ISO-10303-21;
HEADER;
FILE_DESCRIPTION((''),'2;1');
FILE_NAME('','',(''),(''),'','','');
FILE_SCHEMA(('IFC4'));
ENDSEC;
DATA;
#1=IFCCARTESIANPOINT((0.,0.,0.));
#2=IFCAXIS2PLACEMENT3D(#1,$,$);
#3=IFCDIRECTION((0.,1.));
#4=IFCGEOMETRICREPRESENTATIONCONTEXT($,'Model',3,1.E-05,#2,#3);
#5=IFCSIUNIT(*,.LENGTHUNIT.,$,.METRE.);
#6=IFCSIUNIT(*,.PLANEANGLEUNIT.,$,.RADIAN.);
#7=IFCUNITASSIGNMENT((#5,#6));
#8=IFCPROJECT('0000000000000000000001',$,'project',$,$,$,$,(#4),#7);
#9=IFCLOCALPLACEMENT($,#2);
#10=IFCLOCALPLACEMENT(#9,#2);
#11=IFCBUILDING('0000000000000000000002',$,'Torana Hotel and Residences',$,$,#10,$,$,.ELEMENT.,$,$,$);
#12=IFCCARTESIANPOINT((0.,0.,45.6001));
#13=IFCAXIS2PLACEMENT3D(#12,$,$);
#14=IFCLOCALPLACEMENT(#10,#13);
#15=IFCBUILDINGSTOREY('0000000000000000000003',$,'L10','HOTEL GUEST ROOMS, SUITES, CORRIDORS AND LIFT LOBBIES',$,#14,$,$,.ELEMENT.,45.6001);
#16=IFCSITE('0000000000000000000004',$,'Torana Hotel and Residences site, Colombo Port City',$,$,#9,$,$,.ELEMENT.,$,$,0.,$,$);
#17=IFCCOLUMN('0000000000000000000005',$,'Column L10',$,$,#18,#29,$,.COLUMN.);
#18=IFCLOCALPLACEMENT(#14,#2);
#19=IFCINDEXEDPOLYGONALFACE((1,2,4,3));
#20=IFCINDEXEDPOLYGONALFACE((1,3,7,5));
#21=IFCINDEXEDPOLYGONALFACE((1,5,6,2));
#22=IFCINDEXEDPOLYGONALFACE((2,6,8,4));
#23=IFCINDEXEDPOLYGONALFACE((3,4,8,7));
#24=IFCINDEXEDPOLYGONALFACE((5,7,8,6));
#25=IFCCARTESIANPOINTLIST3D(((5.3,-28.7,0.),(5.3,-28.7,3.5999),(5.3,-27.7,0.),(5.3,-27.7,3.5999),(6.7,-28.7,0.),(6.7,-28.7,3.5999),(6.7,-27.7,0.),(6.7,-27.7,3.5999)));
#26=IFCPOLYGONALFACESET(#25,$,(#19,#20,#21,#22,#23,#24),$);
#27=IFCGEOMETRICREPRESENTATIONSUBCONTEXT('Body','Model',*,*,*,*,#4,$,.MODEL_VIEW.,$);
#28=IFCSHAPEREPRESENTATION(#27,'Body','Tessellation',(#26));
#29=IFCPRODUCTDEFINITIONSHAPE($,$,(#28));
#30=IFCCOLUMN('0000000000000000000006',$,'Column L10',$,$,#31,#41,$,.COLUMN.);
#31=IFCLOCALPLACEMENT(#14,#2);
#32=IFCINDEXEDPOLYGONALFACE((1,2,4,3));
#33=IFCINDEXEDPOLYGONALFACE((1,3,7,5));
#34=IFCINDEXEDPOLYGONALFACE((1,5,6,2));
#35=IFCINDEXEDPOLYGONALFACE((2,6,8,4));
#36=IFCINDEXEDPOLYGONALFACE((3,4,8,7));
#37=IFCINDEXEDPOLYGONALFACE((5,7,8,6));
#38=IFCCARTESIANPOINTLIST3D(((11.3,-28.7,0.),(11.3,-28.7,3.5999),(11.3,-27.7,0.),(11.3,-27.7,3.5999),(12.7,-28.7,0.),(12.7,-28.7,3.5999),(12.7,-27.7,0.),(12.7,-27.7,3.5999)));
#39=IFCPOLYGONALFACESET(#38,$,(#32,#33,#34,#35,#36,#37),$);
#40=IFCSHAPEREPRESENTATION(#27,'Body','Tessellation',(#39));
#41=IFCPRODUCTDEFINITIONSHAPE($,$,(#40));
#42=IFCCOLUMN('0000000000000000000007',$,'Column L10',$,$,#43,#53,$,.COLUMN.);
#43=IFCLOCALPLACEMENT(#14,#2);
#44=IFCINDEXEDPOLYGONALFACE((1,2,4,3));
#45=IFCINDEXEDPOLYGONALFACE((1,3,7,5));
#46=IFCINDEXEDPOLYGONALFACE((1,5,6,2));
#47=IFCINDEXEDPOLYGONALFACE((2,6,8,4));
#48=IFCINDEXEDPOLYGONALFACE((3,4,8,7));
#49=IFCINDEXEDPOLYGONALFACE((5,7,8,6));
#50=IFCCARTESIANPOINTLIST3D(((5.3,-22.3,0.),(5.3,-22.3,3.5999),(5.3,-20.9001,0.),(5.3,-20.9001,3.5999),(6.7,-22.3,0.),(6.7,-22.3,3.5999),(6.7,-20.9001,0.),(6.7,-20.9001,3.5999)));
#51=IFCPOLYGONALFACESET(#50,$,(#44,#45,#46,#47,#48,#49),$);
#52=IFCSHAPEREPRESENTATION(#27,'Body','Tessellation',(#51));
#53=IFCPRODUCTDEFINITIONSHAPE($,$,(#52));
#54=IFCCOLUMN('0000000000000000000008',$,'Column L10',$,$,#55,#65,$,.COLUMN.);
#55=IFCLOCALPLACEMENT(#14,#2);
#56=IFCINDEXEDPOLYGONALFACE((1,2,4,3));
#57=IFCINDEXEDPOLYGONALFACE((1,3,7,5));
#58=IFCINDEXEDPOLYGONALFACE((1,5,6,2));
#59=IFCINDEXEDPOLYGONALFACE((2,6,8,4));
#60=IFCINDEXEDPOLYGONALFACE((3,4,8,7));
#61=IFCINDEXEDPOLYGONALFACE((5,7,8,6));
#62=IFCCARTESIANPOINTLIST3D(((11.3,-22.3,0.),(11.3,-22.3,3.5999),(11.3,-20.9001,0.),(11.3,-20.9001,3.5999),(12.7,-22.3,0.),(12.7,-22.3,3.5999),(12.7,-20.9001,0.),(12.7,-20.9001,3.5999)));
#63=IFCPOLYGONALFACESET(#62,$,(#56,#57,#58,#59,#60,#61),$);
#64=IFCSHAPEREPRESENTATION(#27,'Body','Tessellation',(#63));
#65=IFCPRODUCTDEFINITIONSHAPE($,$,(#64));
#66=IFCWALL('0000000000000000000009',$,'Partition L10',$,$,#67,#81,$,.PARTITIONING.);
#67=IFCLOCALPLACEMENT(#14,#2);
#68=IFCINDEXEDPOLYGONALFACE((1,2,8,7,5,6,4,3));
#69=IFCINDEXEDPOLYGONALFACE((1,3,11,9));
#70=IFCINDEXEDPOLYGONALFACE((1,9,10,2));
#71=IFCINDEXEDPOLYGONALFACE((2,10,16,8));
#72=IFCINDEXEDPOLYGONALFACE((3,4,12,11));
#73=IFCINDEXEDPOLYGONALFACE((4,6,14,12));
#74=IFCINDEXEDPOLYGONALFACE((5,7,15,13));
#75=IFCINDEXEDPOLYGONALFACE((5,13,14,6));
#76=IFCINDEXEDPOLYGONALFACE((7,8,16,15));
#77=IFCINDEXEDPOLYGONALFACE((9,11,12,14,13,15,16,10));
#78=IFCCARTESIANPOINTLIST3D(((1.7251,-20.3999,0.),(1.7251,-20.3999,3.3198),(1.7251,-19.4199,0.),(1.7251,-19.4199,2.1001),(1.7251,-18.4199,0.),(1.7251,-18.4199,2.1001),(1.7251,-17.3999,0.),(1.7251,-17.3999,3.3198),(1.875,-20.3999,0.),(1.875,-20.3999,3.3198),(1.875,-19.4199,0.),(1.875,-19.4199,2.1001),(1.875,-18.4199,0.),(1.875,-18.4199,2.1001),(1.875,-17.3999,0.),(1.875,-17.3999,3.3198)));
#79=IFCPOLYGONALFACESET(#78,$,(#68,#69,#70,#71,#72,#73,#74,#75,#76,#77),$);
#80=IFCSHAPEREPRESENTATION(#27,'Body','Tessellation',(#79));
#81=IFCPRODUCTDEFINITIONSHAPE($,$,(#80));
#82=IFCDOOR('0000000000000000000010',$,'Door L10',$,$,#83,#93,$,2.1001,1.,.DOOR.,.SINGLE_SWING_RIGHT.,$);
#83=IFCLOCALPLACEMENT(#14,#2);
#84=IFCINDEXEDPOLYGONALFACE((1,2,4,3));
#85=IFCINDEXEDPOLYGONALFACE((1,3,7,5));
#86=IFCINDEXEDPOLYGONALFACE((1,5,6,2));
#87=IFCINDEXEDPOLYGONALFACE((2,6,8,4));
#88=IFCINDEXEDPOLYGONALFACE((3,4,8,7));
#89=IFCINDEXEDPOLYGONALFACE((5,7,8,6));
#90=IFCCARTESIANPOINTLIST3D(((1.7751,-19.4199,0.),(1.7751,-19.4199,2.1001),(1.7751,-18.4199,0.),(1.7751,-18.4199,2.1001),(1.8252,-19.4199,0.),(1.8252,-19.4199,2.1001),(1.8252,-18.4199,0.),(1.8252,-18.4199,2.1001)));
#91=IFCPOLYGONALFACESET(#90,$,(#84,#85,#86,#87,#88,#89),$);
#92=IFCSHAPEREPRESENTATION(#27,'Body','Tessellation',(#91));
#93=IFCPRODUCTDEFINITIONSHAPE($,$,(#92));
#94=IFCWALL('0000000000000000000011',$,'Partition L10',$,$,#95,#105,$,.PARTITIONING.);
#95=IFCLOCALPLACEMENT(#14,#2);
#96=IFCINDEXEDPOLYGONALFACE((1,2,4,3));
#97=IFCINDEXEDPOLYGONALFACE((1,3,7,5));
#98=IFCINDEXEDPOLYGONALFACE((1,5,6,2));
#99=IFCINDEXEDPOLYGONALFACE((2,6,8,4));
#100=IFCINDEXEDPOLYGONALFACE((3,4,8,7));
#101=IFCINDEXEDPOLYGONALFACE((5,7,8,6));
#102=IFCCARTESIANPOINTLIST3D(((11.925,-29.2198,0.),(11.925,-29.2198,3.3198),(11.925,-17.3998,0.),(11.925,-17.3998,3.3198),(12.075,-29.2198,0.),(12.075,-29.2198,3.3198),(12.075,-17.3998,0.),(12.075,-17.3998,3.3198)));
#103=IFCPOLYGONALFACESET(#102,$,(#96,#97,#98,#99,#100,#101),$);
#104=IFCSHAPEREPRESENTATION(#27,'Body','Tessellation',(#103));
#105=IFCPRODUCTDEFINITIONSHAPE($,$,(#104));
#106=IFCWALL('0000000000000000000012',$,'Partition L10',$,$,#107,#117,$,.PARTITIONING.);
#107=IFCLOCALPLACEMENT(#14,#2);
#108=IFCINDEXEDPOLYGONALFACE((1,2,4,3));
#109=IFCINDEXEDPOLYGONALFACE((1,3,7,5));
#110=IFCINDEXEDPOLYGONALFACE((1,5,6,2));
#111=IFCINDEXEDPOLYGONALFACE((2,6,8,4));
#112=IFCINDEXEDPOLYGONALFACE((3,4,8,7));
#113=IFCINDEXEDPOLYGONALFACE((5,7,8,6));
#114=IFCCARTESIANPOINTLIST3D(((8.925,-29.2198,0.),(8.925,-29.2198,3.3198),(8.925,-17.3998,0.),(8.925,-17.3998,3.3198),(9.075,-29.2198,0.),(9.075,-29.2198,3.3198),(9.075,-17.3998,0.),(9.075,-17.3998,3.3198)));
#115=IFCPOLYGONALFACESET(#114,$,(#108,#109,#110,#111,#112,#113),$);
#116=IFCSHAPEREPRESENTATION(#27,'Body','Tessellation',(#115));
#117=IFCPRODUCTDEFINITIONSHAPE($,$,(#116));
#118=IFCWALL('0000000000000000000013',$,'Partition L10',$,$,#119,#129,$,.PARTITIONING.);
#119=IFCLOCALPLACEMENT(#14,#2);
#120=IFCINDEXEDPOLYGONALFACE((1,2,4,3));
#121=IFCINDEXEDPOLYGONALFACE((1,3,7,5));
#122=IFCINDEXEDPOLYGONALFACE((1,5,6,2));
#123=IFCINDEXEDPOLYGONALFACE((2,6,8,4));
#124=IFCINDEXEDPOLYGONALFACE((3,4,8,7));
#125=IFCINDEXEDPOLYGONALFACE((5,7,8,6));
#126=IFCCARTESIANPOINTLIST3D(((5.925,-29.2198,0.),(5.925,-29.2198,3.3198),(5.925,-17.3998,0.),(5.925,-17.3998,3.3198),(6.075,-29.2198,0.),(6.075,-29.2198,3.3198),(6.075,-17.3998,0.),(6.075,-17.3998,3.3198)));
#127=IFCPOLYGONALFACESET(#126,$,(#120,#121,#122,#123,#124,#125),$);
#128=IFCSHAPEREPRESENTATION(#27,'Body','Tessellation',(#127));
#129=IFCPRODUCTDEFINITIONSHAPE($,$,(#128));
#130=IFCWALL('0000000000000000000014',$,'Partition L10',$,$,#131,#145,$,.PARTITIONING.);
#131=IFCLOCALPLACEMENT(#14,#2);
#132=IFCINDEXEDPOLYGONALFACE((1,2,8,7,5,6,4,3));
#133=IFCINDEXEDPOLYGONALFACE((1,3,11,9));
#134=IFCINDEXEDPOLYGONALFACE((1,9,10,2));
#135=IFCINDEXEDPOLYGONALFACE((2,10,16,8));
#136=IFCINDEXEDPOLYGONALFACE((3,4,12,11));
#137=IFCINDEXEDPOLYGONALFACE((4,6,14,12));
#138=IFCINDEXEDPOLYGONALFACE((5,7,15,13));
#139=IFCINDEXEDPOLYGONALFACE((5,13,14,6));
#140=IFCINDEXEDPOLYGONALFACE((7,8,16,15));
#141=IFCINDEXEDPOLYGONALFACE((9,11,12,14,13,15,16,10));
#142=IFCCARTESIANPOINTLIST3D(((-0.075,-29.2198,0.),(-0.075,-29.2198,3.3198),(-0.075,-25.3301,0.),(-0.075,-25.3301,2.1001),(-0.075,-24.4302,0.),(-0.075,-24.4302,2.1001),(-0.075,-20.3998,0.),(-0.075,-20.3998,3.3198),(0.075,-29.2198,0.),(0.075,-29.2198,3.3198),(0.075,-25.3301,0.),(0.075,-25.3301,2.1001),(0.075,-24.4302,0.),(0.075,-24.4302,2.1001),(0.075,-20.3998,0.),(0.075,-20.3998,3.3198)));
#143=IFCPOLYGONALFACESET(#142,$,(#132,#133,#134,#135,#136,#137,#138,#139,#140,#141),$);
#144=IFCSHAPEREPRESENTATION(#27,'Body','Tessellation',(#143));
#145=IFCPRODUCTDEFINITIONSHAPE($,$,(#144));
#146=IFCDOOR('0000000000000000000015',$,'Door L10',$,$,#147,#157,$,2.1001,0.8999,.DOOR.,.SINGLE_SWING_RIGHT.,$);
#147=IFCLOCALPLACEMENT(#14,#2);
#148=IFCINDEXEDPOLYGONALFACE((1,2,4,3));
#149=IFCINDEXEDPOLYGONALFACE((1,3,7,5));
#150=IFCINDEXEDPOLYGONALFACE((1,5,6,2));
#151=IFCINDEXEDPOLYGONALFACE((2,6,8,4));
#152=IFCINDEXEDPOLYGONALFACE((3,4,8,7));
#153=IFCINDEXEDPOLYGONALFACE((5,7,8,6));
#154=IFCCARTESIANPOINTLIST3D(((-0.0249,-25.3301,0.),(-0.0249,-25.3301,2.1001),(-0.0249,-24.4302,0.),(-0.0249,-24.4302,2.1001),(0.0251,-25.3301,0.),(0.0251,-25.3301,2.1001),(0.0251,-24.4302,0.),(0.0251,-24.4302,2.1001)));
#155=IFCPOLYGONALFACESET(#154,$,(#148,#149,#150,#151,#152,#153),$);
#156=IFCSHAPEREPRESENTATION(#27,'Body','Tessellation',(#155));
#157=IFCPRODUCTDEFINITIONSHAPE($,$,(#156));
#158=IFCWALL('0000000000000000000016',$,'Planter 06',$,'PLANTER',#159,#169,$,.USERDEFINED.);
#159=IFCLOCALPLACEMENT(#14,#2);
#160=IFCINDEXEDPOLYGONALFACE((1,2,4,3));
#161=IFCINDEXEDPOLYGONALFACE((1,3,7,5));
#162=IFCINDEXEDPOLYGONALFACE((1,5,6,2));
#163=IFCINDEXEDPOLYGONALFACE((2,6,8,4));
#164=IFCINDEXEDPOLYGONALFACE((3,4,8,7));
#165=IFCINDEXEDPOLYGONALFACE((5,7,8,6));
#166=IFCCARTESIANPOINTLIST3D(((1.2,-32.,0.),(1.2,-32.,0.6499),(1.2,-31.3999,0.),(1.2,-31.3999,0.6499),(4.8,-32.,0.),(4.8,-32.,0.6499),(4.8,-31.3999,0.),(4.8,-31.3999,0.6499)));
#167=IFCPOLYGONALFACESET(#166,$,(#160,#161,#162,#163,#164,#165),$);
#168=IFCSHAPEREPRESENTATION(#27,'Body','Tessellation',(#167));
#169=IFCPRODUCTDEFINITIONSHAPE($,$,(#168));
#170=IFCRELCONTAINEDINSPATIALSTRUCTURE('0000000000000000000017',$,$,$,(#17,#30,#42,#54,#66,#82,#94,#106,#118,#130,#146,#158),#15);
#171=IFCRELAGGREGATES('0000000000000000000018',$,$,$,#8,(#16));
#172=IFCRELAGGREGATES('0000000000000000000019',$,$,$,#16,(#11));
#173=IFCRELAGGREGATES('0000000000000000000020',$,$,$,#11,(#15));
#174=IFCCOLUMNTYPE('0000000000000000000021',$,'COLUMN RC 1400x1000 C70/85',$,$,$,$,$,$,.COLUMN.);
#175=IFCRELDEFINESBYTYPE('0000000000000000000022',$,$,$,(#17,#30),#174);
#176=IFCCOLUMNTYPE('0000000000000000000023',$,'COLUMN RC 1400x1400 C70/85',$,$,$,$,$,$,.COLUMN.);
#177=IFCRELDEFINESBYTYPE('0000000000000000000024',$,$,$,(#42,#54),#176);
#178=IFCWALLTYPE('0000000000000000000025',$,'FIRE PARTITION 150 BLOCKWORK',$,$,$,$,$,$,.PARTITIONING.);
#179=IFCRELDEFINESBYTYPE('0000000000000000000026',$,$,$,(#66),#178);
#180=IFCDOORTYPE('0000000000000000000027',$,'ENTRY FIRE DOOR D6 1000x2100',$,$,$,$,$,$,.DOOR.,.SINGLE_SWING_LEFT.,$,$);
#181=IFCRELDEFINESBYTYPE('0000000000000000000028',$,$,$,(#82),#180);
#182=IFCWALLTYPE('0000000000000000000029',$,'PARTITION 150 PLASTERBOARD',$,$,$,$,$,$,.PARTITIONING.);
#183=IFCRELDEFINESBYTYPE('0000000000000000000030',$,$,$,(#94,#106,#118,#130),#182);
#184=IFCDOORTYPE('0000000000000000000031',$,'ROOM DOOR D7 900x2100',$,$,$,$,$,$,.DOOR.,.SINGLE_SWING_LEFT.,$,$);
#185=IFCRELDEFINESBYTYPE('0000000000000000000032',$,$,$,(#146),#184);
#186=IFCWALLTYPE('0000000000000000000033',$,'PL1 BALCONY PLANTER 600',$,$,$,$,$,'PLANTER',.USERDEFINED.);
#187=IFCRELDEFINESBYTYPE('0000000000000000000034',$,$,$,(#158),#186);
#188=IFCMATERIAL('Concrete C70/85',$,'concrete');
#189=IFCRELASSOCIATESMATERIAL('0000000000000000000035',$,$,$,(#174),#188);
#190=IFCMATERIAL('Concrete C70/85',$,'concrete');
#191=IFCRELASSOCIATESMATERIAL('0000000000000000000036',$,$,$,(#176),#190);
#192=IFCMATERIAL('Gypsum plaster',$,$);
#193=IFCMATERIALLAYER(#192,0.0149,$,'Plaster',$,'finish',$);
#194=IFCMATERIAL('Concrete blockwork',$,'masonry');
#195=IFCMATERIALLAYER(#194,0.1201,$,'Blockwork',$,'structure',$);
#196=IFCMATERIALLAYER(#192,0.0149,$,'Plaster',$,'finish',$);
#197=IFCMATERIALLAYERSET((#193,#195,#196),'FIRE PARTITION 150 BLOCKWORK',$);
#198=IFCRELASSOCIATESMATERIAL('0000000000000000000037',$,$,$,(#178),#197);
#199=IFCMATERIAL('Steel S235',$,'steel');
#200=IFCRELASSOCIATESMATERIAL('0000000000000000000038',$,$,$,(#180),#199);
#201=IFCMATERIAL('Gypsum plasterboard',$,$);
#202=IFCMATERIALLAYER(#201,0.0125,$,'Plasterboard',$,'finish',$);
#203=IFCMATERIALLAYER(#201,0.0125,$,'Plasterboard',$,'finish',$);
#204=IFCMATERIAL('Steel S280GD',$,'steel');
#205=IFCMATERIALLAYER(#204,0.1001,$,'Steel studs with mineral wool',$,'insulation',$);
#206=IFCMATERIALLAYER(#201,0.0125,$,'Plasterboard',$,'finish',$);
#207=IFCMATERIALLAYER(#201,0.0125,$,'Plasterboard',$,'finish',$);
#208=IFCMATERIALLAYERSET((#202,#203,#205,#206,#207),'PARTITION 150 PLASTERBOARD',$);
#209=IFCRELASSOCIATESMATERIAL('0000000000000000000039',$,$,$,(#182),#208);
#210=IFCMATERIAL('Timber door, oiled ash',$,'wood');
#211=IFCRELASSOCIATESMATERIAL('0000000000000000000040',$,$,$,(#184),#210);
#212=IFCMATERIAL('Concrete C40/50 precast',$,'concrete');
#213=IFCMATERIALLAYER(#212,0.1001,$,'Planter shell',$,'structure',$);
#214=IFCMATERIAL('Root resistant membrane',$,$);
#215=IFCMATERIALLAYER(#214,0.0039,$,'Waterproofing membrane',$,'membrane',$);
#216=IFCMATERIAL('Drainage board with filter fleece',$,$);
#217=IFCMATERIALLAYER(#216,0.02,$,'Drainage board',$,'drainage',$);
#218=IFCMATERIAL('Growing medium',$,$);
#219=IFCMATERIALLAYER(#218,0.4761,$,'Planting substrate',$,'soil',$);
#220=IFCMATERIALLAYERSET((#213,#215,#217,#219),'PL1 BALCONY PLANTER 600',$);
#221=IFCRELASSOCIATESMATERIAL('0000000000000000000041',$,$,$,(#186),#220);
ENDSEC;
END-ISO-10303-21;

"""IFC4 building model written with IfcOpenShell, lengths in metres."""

from ifc_helpers import new_model, si_unit, direction, frame, frame_2d, origin, origin_2d, place, context, subcontext, project, spatial, rectangle, extrude, material, layer, layer_set, material_profile, profile_set, type_object, element, fill, save


model = new_model("IFC4")

# Units and contexts
model_context = context("Model", 3, precision=1e-05, world=origin(), true_north=direction((0.0, 1.0)))
body_context = subcontext(model_context, "Body", "Model", "MODEL_VIEW")
ifc_project = project(units=[si_unit("LENGTHUNIT", "METRE"), si_unit("PLANEANGLEUNIT", "RADIAN")], contexts=[model_context])

# Site, building, storey
site_placement = place(None, origin())
site = spatial("IfcSite", under=ifc_project, at=site_placement, Name="Torana Hotel and Residences site, Colombo Port City", CompositionType="ELEMENT", RefElevation=0.0)
building_placement = place(site_placement, origin())
building = spatial("IfcBuilding", under=site, at=building_placement, Name="Torana Hotel and Residences", CompositionType="ELEMENT")
storey_placement = place(building_placement, frame((0.0, 0.0, 45.6001)))
storey = spatial("IfcBuildingStorey", under=building, at=storey_placement, Name="L10", Description="HOTEL GUEST ROOMS, SUITES, CORRIDORS AND LIFT LOBBIES", CompositionType="ELEMENT", Elevation=45.6001)

# Columns
ifc_material_1 = material(Name="Concrete C70/85", Category="concrete")
ifc_material_profile_1 = material_profile(ifc_material_1, rectangle(XDim=1.3999, YDim=1.0, at=origin_2d()), Name="RC 1400x1000")
ifc_profile_set_1 = profile_set([ifc_material_profile_1], Name="Concrete C70/85")
column_type_1 = type_object("IfcColumnType", Name="COLUMN RC 1400x1000 C70/85", PredefinedType="COLUMN", material=ifc_profile_set_1)
for number, where, z_axis, x_axis, name in (
    (1, (6.0, -28.2, 0.0), (0.0, 0.0, 1.0), (1.0, 0.0, 0.0), "Column L10"),
    (2, (12.0, -28.2, 0.0), (0.0, 0.0, 1.0), (1.0, 0.0, 0.0), "Column L10"),
):
    element("IfcColumn", number, at=place(storey_placement, frame(where, z_axis=z_axis, x_axis=x_axis)), inside=storey, type_object=column_type_1, Name=name, PredefinedType="COLUMN", context=body_context, shape_type="SweptSolid", body=[
        extrude(rectangle(XDim=1.3999, YDim=1.0, at=origin_2d()), origin(), (0.0, 0.0, 1.0), 3.5999),
    ])
ifc_material_2 = material(Name="Concrete C70/85", Category="concrete")
ifc_material_profile_2 = material_profile(ifc_material_2, rectangle(XDim=1.3999, YDim=1.3999, at=origin_2d()), Name="RC 1400x1400")
ifc_profile_set_2 = profile_set([ifc_material_profile_2], Name="Concrete C70/85")
column_type_2 = type_object("IfcColumnType", Name="COLUMN RC 1400x1400 C70/85", PredefinedType="COLUMN", material=ifc_profile_set_2)
for number, where, z_axis, x_axis, name in (
    (3, (6.0, -21.6001, 0.0), (0.0, 0.0, 1.0), (1.0, 0.0, 0.0), "Column L10"),
    (4, (12.0, -21.6001, 0.0), (0.0, 0.0, 1.0), (1.0, 0.0, 0.0), "Column L10"),
):
    element("IfcColumn", number, at=place(storey_placement, frame(where, z_axis=z_axis, x_axis=x_axis)), inside=storey, type_object=column_type_2, Name=name, PredefinedType="COLUMN", context=body_context, shape_type="SweptSolid", body=[
        extrude(rectangle(XDim=1.3999, YDim=1.3999, at=origin_2d()), origin(), (0.0, 0.0, 1.0), 3.5999),
    ])

# Wall, opening, door
ifc_material_3 = material(Name="Gypsum plaster")
ifc_layer_1 = layer(ifc_material_3, 0.0149, Name="Plaster", Category="finish")
ifc_material_4 = material(Name="Concrete blockwork", Category="masonry")
ifc_layer_2 = layer(ifc_material_4, 0.1201, Name="Blockwork", Category="structure")
ifc_layer_3 = layer(ifc_material_3, 0.0149, Name="Plaster", Category="finish")
ifc_layer_set_1 = layer_set([ifc_layer_1, ifc_layer_2, ifc_layer_3], Name="FIRE PARTITION 150 BLOCKWORK")
wall_type_1 = type_object("IfcWallType", Name="FIRE PARTITION 150 BLOCKWORK", PredefinedType="PARTITIONING", material=ifc_layer_set_1)
wall_1_placement = place(storey_placement, frame((1.8, -20.3999, 0.0), z_axis=(0.0, 0.0, 1.0), x_axis=(0.0, 1.0, 0.0)))
wall_1 = element("IfcWall", 5, at=wall_1_placement, inside=storey, type_object=wall_type_1, Name="Partition L10", PredefinedType="PARTITIONING", context=body_context, shape_type="SweptSolid", body=[
    extrude(rectangle(XDim=3.0, YDim=0.1499, at=frame_2d((1.5, 0.0))), origin(), (0.0, 0.0, 1.0), 3.3198),
])
opening_1_placement = place(wall_1_placement, frame((0.98, 0.0, 0.0)))
opening_1 = element("IfcOpeningElement", 6, at=opening_1_placement, cuts=wall_1, PredefinedType="OPENING", context=body_context, shape_type="SweptSolid", body=[
    extrude(rectangle(XDim=1.0, YDim=2.1001, at=frame_2d((0.5, 1.05))), frame((0.0, 0.085, 0.0), z_axis=(0.0, -1.0, 0.0), x_axis=(1.0, 0.0, 0.0)), (0.0, 0.0, 1.0), 0.1699),
])
ifc_material_5 = material(Name="Steel S235", Category="steel")
door_type_1 = type_object("IfcDoorType", Name="ENTRY FIRE DOOR D6 1000x2100", OperationType="SINGLE_SWING_LEFT", PredefinedType="DOOR", material=ifc_material_5)
door_1_placement = place(opening_1_placement, origin())
door_1 = element("IfcDoor", 7, at=door_1_placement, inside=storey, type_object=door_type_1, Name="Door L10", OperationType="SINGLE_SWING_RIGHT", OverallHeight=2.1001, OverallWidth=1.0, PredefinedType="DOOR", context=body_context, shape_type="SweptSolid", body=[
    extrude(rectangle(XDim=1.0, YDim=2.1001, at=frame_2d((0.5, 1.05))), frame((0.0, 0.0249, 0.0), z_axis=(0.0, -1.0, 0.0), x_axis=(1.0, 0.0, 0.0)), (0.0, 0.0, 1.0), 0.05),
])
fill(opening_1, door_1)

# Walls
ifc_material_6 = material(Name="Gypsum plasterboard")
ifc_layer_4 = layer(ifc_material_6, 0.0125, Name="Plasterboard", Category="finish")
ifc_layer_5 = layer(ifc_material_6, 0.0125, Name="Plasterboard", Category="finish")
ifc_material_7 = material(Name="Steel S280GD", Category="steel")
ifc_layer_6 = layer(ifc_material_7, 0.1001, Name="Steel studs with mineral wool", Category="insulation")
ifc_layer_7 = layer(ifc_material_6, 0.0125, Name="Plasterboard", Category="finish")
ifc_layer_8 = layer(ifc_material_6, 0.0125, Name="Plasterboard", Category="finish")
ifc_layer_set_2 = layer_set([ifc_layer_4, ifc_layer_5, ifc_layer_6, ifc_layer_7, ifc_layer_8], Name="PARTITION 150 PLASTERBOARD")
wall_type_2 = type_object("IfcWallType", Name="PARTITION 150 PLASTERBOARD", PredefinedType="PARTITIONING", material=ifc_layer_set_2)
for number, where, z_axis, x_axis, name in (
    (8, (12.0, -29.22, 0.0), (0.0, 0.0, 1.0), (0.0, 1.0, 0.0), "Partition L10"),
    (9, (9.0, -29.22, 0.0), (0.0, 0.0, 1.0), (0.0, 1.0, 0.0), "Partition L10"),
    (10, (6.0, -29.22, 0.0), (0.0, 0.0, 1.0), (0.0, 1.0, 0.0), "Partition L10"),
):
    element("IfcWall", number, at=place(storey_placement, frame(where, z_axis=z_axis, x_axis=x_axis)), inside=storey, type_object=wall_type_2, Name=name, PredefinedType="PARTITIONING", context=body_context, shape_type="SweptSolid", body=[
        extrude(rectangle(XDim=11.8201, YDim=0.1499, at=frame_2d((5.9102, 0.0))), origin(), (0.0, 0.0, 1.0), 3.3198),
    ])

# Wall, opening, door
wall_2_placement = place(storey_placement, frame((0.0, -29.22, 0.0), z_axis=(0.0, 0.0, 1.0), x_axis=(0.0, 1.0, 0.0)))
wall_2 = element("IfcWall", 11, at=wall_2_placement, inside=storey, type_object=wall_type_2, Name="Partition L10", PredefinedType="PARTITIONING", context=body_context, shape_type="SweptSolid", body=[
    extrude(rectangle(XDim=8.8201, YDim=0.1499, at=frame_2d((4.4102, 0.0))), origin(), (0.0, 0.0, 1.0), 3.3198),
])
opening_2_placement = place(wall_2_placement, frame((3.8899, 0.0, 0.0)))
opening_2 = element("IfcOpeningElement", 12, at=opening_2_placement, cuts=wall_2, PredefinedType="OPENING", context=body_context, shape_type="SweptSolid", body=[
    extrude(rectangle(XDim=0.8999, YDim=2.1001, at=frame_2d((0.45, 1.05))), frame((0.0, 0.085, 0.0), z_axis=(0.0, -1.0, 0.0), x_axis=(1.0, 0.0, 0.0)), (0.0, 0.0, 1.0), 0.1699),
])
ifc_material_8 = material(Name="Timber door, oiled ash", Category="wood")
door_type_2 = type_object("IfcDoorType", Name="ROOM DOOR D7 900x2100", OperationType="SINGLE_SWING_LEFT", PredefinedType="DOOR", material=ifc_material_8)
door_2_placement = place(opening_2_placement, origin())
door_2 = element("IfcDoor", 13, at=door_2_placement, inside=storey, type_object=door_type_2, Name="Door L10", OperationType="SINGLE_SWING_RIGHT", OverallHeight=2.1001, OverallWidth=0.8999, PredefinedType="DOOR", context=body_context, shape_type="SweptSolid", body=[
    extrude(rectangle(XDim=0.8999, YDim=2.1001, at=frame_2d((0.45, 1.05))), frame((0.0, 0.0249, 0.0), z_axis=(0.0, -1.0, 0.0), x_axis=(1.0, 0.0, 0.0)), (0.0, 0.0, 1.0), 0.05),
])
fill(opening_2, door_2)

# Wall
ifc_material_9 = material(Name="Concrete C40/50 precast", Category="concrete")
ifc_layer_9 = layer(ifc_material_9, 0.1001, Name="Planter shell", Category="structure")
ifc_material_10 = material(Name="Root resistant membrane")
ifc_layer_10 = layer(ifc_material_10, 0.0039, Name="Waterproofing membrane", Category="membrane")
ifc_material_11 = material(Name="Drainage board with filter fleece")
ifc_layer_11 = layer(ifc_material_11, 0.02, Name="Drainage board", Category="drainage")
ifc_material_12 = material(Name="Growing medium")
ifc_layer_12 = layer(ifc_material_12, 0.4761, Name="Planting substrate", Category="soil")
ifc_layer_set_3 = layer_set([ifc_layer_9, ifc_layer_10, ifc_layer_11, ifc_layer_12], Name="PL1 BALCONY PLANTER 600")
wall_type_3 = type_object("IfcWallType", Name="PL1 BALCONY PLANTER 600", ElementType="PLANTER", PredefinedType="USERDEFINED", material=ifc_layer_set_3)
for number, where, z_axis, x_axis, name in (
    (14, (4.8, -31.7, 0.0), (0.0, 0.0, 1.0), (-1.0, 0.0, 0.0), "Planter 06"),
):
    element("IfcWall", number, at=place(storey_placement, frame(where, z_axis=z_axis, x_axis=x_axis)), inside=storey, type_object=wall_type_3, Name=name, ObjectType="PLANTER", PredefinedType="USERDEFINED", context=body_context, shape_type="SweptSolid", body=[
        extrude(rectangle(XDim=3.6001, YDim=0.6001, at=frame_2d((1.8, 0.0))), origin(), (0.0, 0.0, 1.0), 0.6499),
    ])

save(model, "model.ifc")
